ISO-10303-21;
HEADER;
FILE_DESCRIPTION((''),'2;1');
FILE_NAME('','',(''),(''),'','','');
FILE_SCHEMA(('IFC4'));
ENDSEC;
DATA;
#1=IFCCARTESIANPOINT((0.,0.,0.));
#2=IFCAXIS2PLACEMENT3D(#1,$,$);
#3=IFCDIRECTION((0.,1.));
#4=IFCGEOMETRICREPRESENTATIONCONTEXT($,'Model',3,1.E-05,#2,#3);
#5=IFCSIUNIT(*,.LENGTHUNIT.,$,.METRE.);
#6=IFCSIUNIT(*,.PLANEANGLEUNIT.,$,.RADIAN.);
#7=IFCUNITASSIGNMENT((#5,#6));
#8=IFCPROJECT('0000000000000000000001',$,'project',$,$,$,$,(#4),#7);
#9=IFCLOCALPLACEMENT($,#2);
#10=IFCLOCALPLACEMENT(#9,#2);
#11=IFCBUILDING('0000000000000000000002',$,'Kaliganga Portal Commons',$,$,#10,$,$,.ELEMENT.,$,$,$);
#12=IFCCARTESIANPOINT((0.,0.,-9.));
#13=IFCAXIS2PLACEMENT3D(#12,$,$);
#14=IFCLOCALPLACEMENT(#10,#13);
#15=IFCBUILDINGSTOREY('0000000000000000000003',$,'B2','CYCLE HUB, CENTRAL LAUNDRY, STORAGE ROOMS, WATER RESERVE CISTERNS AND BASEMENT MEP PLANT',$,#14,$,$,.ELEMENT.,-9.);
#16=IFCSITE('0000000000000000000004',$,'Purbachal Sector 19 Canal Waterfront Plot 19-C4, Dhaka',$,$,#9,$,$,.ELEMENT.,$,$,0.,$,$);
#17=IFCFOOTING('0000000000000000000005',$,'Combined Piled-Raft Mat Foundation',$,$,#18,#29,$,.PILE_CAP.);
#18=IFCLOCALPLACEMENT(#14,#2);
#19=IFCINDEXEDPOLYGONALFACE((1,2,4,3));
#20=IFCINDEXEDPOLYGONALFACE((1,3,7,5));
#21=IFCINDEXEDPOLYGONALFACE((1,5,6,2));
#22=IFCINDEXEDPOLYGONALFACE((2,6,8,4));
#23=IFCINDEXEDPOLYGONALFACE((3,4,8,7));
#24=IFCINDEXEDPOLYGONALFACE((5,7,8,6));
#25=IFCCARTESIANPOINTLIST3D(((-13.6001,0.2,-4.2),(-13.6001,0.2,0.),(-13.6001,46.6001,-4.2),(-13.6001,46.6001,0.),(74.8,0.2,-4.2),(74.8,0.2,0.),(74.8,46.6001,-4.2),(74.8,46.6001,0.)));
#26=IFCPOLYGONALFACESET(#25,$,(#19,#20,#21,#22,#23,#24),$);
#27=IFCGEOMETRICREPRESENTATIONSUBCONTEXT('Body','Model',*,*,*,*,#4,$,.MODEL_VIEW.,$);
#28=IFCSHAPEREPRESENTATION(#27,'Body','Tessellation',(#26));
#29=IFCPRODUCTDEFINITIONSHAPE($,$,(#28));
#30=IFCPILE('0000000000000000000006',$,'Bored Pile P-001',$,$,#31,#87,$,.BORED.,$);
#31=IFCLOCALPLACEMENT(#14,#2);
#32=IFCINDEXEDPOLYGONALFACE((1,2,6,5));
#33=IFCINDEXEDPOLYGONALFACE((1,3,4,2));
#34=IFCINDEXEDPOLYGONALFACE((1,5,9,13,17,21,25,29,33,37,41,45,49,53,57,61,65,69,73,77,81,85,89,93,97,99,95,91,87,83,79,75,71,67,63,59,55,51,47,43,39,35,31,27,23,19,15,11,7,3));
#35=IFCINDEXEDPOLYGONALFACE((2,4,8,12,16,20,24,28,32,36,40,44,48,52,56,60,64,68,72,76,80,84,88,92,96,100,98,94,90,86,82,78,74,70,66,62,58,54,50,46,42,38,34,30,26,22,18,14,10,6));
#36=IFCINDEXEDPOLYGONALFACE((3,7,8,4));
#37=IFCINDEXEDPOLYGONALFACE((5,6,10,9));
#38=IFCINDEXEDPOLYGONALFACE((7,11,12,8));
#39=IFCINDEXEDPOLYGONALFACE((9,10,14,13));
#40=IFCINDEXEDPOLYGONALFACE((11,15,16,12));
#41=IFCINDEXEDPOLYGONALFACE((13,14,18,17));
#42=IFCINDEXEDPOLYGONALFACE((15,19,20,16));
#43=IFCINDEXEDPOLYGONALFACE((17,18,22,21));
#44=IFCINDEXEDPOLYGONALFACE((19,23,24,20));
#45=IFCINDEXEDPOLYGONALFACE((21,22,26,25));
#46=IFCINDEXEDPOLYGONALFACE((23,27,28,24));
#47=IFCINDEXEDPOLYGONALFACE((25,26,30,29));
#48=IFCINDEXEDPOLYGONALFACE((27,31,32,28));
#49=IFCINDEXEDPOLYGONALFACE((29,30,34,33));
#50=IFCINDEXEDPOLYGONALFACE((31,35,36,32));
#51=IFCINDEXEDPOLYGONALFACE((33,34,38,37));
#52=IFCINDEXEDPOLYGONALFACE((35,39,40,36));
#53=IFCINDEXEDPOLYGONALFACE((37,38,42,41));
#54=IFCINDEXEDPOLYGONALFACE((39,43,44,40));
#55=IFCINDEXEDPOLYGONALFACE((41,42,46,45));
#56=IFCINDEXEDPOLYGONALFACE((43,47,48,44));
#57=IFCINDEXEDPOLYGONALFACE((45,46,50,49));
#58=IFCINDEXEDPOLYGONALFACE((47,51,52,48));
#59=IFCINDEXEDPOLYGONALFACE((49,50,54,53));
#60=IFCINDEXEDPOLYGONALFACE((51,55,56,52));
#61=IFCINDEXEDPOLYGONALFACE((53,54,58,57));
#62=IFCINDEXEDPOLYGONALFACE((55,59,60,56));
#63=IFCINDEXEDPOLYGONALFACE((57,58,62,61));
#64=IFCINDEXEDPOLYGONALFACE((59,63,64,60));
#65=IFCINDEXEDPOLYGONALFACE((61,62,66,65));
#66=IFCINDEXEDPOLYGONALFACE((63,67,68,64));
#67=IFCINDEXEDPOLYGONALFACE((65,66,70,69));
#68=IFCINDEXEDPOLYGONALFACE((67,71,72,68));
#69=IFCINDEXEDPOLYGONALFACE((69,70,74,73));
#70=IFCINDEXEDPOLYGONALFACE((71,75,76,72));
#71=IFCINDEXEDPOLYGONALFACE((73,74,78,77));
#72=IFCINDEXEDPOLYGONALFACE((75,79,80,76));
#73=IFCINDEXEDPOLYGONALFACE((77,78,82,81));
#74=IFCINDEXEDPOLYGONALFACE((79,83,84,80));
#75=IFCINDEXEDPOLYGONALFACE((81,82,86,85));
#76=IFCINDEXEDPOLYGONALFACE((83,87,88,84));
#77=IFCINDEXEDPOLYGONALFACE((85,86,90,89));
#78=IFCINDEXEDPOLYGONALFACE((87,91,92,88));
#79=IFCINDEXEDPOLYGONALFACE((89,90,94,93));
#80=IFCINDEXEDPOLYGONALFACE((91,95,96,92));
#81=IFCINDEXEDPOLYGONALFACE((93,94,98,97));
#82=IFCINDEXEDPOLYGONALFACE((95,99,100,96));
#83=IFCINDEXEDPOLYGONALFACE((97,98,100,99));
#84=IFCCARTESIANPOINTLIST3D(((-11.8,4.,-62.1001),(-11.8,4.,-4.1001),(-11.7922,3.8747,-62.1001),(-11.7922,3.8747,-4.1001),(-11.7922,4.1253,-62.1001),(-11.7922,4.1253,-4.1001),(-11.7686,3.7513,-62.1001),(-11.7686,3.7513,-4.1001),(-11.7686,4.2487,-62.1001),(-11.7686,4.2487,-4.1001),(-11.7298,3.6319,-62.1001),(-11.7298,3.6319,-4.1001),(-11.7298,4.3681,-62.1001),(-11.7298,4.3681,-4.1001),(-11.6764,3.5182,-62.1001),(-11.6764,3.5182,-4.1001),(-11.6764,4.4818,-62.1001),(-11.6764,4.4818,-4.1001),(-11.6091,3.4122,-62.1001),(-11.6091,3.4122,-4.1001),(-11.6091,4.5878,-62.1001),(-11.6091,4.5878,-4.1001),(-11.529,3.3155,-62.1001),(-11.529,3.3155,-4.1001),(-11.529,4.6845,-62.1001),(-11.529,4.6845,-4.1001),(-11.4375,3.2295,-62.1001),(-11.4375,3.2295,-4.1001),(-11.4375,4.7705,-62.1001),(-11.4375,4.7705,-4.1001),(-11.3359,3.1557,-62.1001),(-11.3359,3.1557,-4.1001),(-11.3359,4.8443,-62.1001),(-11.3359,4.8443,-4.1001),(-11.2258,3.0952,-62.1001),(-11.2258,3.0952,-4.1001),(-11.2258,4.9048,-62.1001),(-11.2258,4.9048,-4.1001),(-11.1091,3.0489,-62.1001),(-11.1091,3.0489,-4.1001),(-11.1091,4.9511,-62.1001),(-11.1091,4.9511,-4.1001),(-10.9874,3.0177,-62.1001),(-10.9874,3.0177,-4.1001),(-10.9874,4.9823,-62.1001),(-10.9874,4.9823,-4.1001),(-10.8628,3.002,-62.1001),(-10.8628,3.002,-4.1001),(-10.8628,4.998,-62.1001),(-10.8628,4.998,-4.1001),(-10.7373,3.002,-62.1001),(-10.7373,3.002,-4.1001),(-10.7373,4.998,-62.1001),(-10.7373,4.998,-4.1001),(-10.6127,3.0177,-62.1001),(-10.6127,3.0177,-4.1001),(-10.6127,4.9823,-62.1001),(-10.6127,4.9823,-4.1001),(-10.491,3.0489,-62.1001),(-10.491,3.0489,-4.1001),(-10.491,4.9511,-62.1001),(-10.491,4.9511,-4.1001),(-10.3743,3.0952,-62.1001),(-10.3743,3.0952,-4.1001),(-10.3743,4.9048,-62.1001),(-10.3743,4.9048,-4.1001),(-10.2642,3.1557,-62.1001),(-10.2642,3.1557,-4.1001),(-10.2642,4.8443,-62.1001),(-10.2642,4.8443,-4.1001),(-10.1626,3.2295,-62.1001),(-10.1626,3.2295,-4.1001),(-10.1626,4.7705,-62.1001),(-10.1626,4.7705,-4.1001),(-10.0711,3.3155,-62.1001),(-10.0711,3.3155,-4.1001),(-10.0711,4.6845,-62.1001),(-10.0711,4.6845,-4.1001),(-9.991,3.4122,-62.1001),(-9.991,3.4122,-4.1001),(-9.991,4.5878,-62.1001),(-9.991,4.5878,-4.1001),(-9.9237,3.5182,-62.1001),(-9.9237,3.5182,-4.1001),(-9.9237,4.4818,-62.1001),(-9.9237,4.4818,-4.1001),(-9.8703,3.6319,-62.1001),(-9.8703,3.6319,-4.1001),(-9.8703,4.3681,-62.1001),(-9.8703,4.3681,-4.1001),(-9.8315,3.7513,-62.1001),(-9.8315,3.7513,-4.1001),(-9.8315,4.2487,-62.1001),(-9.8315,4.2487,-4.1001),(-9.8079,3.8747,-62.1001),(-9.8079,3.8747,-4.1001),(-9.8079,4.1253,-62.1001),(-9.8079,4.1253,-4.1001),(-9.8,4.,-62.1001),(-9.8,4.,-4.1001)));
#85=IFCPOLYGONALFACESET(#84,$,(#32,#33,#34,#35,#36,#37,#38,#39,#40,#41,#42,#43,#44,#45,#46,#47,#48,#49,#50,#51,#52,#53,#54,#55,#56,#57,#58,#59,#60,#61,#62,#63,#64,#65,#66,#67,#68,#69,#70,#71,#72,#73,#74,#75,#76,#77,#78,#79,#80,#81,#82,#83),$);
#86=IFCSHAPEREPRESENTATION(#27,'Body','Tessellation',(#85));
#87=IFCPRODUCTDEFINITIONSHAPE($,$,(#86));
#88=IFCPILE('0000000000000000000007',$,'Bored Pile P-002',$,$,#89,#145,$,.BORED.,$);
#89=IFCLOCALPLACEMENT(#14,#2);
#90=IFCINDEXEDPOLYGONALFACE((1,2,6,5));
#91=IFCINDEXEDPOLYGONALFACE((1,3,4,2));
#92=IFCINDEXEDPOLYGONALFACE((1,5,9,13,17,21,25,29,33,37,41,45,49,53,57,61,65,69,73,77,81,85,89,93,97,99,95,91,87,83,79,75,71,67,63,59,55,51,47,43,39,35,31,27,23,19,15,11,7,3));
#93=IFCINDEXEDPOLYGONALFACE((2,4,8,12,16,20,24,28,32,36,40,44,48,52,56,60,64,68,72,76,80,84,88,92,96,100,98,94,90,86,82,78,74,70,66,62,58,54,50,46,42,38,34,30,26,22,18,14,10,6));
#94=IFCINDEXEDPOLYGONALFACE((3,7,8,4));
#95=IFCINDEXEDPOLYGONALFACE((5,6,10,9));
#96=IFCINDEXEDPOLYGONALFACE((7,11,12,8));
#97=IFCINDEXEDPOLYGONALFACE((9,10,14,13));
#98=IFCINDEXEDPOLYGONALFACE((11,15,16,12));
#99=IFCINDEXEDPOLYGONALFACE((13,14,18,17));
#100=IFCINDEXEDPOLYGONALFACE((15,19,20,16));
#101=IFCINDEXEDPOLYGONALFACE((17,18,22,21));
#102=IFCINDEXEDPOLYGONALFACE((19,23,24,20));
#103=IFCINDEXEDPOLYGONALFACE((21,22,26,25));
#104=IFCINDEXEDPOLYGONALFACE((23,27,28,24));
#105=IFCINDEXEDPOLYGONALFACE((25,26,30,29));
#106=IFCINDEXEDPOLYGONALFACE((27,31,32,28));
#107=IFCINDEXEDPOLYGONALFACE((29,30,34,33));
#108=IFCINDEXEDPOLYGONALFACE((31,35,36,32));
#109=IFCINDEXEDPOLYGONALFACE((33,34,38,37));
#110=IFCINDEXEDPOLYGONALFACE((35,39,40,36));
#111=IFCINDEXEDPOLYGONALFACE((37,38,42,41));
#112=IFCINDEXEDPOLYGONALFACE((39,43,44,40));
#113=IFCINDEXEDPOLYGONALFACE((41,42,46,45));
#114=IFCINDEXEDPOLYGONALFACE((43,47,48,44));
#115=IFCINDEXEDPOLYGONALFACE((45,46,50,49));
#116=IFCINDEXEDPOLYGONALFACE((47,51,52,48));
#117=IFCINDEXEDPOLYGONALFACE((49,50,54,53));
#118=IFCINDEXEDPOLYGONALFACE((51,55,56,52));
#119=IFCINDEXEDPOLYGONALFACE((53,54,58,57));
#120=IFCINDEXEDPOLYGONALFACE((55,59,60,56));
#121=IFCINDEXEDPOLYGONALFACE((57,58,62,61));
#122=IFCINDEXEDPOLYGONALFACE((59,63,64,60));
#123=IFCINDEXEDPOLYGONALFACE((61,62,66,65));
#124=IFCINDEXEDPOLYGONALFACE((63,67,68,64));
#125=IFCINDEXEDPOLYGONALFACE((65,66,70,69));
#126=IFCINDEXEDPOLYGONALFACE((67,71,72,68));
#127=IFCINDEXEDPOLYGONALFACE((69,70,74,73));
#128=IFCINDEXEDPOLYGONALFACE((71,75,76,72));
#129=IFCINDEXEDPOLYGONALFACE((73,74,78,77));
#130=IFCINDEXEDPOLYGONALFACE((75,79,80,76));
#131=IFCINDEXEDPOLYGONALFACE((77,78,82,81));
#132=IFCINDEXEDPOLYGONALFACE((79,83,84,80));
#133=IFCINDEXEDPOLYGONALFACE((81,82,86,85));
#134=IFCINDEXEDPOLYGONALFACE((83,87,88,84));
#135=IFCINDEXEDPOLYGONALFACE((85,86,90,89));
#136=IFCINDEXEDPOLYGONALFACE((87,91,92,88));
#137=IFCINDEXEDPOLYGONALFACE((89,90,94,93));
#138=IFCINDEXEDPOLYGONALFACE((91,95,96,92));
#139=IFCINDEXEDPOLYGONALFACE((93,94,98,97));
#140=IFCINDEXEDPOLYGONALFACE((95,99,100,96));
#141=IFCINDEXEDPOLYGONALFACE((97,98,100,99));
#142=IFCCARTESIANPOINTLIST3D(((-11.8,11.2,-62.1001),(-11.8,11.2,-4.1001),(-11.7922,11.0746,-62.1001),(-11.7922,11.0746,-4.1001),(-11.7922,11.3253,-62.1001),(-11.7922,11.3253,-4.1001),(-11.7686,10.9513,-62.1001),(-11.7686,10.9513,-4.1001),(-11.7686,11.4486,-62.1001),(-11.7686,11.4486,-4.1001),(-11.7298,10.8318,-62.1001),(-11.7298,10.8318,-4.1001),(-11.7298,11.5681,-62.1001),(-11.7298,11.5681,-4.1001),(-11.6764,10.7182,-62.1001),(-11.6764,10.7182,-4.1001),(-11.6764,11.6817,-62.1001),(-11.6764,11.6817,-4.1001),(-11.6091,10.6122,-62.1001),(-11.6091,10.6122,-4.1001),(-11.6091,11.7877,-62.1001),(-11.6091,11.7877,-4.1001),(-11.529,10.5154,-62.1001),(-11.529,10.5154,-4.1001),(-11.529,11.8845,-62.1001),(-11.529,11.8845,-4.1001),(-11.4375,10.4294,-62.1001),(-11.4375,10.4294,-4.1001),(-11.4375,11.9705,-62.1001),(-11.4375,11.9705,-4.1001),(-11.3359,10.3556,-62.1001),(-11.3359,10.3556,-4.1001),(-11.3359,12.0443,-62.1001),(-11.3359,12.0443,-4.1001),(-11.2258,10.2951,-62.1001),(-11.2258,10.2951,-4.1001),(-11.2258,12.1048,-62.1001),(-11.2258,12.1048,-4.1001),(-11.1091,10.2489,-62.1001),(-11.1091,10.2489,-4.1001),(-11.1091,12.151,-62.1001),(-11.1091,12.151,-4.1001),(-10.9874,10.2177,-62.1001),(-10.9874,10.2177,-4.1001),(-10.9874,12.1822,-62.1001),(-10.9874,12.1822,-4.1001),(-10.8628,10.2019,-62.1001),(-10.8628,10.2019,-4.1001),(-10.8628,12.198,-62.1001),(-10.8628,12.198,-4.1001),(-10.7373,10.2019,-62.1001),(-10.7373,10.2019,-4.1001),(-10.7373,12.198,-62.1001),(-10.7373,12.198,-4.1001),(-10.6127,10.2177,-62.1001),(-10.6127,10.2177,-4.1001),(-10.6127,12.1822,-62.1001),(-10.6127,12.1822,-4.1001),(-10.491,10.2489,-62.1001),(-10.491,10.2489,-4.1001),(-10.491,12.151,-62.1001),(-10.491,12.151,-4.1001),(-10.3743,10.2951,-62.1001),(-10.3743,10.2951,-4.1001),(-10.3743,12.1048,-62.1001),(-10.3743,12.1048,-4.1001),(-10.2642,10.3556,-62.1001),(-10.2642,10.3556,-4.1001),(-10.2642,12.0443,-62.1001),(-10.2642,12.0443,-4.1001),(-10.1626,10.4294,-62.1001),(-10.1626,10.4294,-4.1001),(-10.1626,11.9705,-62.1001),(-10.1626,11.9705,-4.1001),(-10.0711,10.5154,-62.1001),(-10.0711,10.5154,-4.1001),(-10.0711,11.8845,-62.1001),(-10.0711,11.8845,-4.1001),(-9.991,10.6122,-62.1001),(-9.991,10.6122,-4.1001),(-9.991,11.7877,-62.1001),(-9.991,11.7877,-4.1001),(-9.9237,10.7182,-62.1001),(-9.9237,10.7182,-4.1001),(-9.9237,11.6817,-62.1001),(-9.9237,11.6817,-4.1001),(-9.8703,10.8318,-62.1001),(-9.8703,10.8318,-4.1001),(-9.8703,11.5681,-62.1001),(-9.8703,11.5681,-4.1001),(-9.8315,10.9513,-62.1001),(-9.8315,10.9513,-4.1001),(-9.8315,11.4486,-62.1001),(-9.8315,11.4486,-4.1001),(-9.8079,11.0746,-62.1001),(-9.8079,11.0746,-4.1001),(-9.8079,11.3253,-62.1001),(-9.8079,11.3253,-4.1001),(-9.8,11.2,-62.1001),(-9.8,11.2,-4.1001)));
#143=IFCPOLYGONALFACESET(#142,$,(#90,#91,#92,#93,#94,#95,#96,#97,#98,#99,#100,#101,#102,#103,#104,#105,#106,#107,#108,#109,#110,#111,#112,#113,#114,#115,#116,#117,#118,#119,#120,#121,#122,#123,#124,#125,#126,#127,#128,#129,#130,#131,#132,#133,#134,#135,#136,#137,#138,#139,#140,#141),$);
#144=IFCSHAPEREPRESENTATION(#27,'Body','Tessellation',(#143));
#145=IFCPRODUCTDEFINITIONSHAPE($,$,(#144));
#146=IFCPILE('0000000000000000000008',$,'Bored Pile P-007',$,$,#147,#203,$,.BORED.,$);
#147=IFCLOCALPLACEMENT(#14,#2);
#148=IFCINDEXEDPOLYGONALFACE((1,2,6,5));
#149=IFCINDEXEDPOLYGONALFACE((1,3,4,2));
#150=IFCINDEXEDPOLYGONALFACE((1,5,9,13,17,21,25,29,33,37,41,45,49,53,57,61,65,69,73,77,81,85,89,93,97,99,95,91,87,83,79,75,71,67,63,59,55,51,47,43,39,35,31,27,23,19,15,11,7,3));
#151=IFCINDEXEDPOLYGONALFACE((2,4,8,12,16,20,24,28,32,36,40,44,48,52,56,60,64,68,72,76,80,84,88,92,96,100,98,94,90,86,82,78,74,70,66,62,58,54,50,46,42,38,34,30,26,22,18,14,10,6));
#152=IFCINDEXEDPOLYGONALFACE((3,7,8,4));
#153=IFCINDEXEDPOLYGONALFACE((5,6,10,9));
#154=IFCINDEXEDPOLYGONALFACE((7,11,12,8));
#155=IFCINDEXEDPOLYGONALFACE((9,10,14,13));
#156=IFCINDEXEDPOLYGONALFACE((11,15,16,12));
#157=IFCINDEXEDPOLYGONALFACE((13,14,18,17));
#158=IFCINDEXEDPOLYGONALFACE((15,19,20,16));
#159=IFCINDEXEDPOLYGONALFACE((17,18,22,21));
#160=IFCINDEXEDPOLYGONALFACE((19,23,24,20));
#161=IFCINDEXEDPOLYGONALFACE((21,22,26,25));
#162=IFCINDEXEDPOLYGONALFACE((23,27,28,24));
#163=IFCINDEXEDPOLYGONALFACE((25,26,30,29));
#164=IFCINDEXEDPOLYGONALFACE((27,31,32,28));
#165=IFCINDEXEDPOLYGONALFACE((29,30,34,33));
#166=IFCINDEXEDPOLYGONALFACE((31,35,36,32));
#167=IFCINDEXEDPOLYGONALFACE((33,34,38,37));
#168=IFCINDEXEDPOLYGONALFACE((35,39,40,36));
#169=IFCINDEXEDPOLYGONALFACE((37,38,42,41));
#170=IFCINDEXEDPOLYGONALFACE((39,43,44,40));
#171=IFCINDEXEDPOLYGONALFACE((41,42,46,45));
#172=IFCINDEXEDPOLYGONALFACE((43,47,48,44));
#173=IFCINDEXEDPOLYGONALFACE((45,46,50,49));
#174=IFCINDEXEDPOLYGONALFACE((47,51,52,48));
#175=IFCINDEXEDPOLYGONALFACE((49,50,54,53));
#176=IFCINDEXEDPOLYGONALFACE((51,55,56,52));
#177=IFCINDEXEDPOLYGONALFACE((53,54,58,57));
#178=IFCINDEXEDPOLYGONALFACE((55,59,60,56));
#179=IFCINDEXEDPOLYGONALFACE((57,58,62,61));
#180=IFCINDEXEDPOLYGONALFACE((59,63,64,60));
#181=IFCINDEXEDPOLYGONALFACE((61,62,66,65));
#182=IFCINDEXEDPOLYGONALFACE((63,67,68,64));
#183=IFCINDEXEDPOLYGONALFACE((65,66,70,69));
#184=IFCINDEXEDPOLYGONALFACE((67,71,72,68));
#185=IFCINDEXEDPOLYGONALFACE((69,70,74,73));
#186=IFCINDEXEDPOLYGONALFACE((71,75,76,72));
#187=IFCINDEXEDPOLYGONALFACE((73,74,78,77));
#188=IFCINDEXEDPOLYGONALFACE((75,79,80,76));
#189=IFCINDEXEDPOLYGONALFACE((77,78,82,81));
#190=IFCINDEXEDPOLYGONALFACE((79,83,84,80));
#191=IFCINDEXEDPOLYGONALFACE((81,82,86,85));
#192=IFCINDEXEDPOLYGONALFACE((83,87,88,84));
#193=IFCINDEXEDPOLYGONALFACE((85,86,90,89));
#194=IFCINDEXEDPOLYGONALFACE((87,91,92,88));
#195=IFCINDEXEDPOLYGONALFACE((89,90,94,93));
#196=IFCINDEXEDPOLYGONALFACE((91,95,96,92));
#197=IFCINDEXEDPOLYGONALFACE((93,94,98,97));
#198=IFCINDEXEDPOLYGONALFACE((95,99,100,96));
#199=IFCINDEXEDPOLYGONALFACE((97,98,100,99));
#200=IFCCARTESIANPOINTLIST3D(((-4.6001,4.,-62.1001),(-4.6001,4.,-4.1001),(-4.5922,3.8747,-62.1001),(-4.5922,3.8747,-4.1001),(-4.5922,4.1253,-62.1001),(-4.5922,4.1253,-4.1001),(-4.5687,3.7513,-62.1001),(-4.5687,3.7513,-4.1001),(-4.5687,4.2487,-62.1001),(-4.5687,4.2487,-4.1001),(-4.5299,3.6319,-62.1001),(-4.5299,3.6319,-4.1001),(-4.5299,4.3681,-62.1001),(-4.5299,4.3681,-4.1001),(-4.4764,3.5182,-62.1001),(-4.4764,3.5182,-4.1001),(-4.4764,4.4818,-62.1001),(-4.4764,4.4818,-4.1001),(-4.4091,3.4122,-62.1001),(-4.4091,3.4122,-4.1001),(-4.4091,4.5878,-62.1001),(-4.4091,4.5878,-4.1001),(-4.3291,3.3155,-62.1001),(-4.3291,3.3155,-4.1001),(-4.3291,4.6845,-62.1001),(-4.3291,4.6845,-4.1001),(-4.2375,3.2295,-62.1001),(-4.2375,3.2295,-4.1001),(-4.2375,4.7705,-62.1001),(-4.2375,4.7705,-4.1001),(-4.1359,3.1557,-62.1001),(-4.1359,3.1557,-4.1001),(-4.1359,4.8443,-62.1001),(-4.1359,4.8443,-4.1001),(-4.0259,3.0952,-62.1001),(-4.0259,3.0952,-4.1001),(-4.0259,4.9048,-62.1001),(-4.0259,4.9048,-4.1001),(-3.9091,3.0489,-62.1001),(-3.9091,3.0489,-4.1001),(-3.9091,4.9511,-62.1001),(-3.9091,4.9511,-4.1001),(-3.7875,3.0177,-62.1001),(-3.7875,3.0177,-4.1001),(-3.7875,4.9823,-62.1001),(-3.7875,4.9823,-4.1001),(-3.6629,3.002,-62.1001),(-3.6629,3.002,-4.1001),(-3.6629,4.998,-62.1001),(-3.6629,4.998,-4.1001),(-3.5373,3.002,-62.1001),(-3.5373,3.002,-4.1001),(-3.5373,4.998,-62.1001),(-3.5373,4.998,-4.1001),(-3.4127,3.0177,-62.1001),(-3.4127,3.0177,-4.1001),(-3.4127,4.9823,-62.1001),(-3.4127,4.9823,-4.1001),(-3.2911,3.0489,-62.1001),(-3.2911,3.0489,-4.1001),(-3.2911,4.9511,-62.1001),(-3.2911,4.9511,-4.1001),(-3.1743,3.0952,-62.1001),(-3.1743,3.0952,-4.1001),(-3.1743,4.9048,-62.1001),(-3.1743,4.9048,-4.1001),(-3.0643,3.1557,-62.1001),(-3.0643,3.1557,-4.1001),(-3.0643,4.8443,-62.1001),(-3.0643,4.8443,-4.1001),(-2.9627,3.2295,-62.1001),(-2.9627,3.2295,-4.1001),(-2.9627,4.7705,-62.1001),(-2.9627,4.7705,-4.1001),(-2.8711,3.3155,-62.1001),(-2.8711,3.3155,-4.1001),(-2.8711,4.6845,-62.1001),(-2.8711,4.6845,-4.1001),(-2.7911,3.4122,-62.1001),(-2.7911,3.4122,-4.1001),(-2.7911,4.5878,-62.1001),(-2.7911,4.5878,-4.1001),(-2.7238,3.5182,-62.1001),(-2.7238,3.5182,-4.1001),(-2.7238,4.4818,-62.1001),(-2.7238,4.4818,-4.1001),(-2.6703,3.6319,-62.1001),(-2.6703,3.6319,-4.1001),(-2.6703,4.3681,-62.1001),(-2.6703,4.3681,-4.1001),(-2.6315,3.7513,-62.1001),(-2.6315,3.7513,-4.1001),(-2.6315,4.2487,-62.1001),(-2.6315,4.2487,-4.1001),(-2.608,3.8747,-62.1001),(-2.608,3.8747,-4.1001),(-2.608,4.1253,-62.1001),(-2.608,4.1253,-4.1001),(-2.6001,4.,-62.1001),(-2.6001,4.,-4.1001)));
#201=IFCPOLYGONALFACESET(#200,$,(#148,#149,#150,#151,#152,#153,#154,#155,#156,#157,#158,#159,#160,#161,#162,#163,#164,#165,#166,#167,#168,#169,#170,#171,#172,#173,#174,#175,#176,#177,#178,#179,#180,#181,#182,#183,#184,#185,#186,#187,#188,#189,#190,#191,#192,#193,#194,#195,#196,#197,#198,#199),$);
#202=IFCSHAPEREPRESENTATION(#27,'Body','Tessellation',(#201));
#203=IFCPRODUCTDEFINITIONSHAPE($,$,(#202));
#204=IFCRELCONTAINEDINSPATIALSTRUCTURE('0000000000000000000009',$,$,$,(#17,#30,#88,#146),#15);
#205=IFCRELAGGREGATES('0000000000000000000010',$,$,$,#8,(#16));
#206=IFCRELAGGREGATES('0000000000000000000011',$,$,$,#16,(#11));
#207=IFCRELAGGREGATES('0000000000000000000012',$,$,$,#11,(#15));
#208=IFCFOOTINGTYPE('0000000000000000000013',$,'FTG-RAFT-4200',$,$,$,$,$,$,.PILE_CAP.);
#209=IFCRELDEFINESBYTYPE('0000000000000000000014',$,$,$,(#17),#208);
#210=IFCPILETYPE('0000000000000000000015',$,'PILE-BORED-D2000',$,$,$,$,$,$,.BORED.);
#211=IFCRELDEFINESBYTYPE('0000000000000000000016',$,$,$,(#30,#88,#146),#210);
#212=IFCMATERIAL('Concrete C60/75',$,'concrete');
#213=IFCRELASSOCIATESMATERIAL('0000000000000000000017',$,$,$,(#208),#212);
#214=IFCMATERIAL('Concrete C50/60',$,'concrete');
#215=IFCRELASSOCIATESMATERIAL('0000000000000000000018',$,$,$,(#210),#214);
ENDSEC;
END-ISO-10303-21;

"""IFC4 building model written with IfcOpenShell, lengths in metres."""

from ifc_helpers import new_model, si_unit, direction, frame, origin, origin_2d, place, context, subcontext, project, spatial, polyline, circle, outline, extrude, material, material_profile, profile_set, type_object, element, save


model = new_model("IFC4")

# Units and contexts
model_context = context("Model", 3, precision=1e-05, world=origin(), true_north=direction((0.0, 1.0)))
body_context = subcontext(model_context, "Body", "Model", "MODEL_VIEW")
ifc_project = project(units=[si_unit("LENGTHUNIT", "METRE"), si_unit("PLANEANGLEUNIT", "RADIAN")], contexts=[model_context])

# Site, building, storey
site_placement = place(None, origin())
site = spatial("IfcSite", under=ifc_project, at=site_placement, Name="Purbachal Sector 19 Canal Waterfront Plot 19-C4, Dhaka", CompositionType="ELEMENT", RefElevation=0.0)
building_placement = place(site_placement, origin())
building = spatial("IfcBuilding", under=site, at=building_placement, Name="Kaliganga Portal Commons", CompositionType="ELEMENT")
storey_placement = place(building_placement, frame((0.0, 0.0, -9.0)))
storey = spatial("IfcBuildingStorey", under=building, at=storey_placement, Name="B2", Description="CYCLE HUB, CENTRAL LAUNDRY, STORAGE ROOMS, WATER RESERVE CISTERNS AND BASEMENT MEP PLANT", CompositionType="ELEMENT", Elevation=-9.0)

# Footing
ifc_material_1 = material(Name="Concrete C60/75", Category="concrete")
footing_type = type_object("IfcFootingType", Name="FTG-RAFT-4200", PredefinedType="PILE_CAP", material=ifc_material_1)
footing_placement = place(storey_placement, frame((0.0, 0.0, -4.2)))
element("IfcFooting", 1, at=footing_placement, inside=storey, type_object=footing_type, Name="Combined Piled-Raft Mat Foundation", PredefinedType="PILE_CAP", context=body_context, shape_type="SweptSolid", body=[
    extrude(outline(polyline([(-13.6001, 0.2), (74.8, 0.2), (74.8, 46.6001), (-13.6001, 46.6001), (-13.6001, 0.2)])), origin(), (0.0, 0.0, 1.0), 4.2),
])

# Piles
ifc_material_2 = material(Name="Concrete C50/60", Category="concrete")
ifc_material_profile_1 = material_profile(ifc_material_2, circle(Radius=1.0, at=origin_2d()), Name="PILE D2000")
ifc_profile_set_1 = profile_set([ifc_material_profile_1], Name="Concrete C50/60")
pile_type = type_object("IfcPileType", Name="PILE-BORED-D2000", PredefinedType="BORED", material=ifc_profile_set_1)
for number, where, z_axis, x_axis, name in (
    (2, (-10.8, 4.0, -4.1001), (0.0, 0.0, -1.0), (1.0, 0.0, 0.0), "Bored Pile P-001"),
    (3, (-10.8, 11.2, -4.1001), (0.0, 0.0, -1.0), (1.0, 0.0, 0.0), "Bored Pile P-002"),
    (4, (-3.6001, 4.0, -4.1001), (0.0, 0.0, -1.0), (1.0, 0.0, 0.0), "Bored Pile P-007"),
):
    element("IfcPile", number, at=place(storey_placement, frame(where, z_axis=z_axis, x_axis=x_axis)), inside=storey, type_object=pile_type, Name=name, PredefinedType="BORED", context=body_context, shape_type="SweptSolid", body=[
        extrude(circle(Radius=1.0, at=origin_2d()), origin(), (0.0, 0.0, 1.0), 58.0),
    ])

save(model, "model.ifc")
